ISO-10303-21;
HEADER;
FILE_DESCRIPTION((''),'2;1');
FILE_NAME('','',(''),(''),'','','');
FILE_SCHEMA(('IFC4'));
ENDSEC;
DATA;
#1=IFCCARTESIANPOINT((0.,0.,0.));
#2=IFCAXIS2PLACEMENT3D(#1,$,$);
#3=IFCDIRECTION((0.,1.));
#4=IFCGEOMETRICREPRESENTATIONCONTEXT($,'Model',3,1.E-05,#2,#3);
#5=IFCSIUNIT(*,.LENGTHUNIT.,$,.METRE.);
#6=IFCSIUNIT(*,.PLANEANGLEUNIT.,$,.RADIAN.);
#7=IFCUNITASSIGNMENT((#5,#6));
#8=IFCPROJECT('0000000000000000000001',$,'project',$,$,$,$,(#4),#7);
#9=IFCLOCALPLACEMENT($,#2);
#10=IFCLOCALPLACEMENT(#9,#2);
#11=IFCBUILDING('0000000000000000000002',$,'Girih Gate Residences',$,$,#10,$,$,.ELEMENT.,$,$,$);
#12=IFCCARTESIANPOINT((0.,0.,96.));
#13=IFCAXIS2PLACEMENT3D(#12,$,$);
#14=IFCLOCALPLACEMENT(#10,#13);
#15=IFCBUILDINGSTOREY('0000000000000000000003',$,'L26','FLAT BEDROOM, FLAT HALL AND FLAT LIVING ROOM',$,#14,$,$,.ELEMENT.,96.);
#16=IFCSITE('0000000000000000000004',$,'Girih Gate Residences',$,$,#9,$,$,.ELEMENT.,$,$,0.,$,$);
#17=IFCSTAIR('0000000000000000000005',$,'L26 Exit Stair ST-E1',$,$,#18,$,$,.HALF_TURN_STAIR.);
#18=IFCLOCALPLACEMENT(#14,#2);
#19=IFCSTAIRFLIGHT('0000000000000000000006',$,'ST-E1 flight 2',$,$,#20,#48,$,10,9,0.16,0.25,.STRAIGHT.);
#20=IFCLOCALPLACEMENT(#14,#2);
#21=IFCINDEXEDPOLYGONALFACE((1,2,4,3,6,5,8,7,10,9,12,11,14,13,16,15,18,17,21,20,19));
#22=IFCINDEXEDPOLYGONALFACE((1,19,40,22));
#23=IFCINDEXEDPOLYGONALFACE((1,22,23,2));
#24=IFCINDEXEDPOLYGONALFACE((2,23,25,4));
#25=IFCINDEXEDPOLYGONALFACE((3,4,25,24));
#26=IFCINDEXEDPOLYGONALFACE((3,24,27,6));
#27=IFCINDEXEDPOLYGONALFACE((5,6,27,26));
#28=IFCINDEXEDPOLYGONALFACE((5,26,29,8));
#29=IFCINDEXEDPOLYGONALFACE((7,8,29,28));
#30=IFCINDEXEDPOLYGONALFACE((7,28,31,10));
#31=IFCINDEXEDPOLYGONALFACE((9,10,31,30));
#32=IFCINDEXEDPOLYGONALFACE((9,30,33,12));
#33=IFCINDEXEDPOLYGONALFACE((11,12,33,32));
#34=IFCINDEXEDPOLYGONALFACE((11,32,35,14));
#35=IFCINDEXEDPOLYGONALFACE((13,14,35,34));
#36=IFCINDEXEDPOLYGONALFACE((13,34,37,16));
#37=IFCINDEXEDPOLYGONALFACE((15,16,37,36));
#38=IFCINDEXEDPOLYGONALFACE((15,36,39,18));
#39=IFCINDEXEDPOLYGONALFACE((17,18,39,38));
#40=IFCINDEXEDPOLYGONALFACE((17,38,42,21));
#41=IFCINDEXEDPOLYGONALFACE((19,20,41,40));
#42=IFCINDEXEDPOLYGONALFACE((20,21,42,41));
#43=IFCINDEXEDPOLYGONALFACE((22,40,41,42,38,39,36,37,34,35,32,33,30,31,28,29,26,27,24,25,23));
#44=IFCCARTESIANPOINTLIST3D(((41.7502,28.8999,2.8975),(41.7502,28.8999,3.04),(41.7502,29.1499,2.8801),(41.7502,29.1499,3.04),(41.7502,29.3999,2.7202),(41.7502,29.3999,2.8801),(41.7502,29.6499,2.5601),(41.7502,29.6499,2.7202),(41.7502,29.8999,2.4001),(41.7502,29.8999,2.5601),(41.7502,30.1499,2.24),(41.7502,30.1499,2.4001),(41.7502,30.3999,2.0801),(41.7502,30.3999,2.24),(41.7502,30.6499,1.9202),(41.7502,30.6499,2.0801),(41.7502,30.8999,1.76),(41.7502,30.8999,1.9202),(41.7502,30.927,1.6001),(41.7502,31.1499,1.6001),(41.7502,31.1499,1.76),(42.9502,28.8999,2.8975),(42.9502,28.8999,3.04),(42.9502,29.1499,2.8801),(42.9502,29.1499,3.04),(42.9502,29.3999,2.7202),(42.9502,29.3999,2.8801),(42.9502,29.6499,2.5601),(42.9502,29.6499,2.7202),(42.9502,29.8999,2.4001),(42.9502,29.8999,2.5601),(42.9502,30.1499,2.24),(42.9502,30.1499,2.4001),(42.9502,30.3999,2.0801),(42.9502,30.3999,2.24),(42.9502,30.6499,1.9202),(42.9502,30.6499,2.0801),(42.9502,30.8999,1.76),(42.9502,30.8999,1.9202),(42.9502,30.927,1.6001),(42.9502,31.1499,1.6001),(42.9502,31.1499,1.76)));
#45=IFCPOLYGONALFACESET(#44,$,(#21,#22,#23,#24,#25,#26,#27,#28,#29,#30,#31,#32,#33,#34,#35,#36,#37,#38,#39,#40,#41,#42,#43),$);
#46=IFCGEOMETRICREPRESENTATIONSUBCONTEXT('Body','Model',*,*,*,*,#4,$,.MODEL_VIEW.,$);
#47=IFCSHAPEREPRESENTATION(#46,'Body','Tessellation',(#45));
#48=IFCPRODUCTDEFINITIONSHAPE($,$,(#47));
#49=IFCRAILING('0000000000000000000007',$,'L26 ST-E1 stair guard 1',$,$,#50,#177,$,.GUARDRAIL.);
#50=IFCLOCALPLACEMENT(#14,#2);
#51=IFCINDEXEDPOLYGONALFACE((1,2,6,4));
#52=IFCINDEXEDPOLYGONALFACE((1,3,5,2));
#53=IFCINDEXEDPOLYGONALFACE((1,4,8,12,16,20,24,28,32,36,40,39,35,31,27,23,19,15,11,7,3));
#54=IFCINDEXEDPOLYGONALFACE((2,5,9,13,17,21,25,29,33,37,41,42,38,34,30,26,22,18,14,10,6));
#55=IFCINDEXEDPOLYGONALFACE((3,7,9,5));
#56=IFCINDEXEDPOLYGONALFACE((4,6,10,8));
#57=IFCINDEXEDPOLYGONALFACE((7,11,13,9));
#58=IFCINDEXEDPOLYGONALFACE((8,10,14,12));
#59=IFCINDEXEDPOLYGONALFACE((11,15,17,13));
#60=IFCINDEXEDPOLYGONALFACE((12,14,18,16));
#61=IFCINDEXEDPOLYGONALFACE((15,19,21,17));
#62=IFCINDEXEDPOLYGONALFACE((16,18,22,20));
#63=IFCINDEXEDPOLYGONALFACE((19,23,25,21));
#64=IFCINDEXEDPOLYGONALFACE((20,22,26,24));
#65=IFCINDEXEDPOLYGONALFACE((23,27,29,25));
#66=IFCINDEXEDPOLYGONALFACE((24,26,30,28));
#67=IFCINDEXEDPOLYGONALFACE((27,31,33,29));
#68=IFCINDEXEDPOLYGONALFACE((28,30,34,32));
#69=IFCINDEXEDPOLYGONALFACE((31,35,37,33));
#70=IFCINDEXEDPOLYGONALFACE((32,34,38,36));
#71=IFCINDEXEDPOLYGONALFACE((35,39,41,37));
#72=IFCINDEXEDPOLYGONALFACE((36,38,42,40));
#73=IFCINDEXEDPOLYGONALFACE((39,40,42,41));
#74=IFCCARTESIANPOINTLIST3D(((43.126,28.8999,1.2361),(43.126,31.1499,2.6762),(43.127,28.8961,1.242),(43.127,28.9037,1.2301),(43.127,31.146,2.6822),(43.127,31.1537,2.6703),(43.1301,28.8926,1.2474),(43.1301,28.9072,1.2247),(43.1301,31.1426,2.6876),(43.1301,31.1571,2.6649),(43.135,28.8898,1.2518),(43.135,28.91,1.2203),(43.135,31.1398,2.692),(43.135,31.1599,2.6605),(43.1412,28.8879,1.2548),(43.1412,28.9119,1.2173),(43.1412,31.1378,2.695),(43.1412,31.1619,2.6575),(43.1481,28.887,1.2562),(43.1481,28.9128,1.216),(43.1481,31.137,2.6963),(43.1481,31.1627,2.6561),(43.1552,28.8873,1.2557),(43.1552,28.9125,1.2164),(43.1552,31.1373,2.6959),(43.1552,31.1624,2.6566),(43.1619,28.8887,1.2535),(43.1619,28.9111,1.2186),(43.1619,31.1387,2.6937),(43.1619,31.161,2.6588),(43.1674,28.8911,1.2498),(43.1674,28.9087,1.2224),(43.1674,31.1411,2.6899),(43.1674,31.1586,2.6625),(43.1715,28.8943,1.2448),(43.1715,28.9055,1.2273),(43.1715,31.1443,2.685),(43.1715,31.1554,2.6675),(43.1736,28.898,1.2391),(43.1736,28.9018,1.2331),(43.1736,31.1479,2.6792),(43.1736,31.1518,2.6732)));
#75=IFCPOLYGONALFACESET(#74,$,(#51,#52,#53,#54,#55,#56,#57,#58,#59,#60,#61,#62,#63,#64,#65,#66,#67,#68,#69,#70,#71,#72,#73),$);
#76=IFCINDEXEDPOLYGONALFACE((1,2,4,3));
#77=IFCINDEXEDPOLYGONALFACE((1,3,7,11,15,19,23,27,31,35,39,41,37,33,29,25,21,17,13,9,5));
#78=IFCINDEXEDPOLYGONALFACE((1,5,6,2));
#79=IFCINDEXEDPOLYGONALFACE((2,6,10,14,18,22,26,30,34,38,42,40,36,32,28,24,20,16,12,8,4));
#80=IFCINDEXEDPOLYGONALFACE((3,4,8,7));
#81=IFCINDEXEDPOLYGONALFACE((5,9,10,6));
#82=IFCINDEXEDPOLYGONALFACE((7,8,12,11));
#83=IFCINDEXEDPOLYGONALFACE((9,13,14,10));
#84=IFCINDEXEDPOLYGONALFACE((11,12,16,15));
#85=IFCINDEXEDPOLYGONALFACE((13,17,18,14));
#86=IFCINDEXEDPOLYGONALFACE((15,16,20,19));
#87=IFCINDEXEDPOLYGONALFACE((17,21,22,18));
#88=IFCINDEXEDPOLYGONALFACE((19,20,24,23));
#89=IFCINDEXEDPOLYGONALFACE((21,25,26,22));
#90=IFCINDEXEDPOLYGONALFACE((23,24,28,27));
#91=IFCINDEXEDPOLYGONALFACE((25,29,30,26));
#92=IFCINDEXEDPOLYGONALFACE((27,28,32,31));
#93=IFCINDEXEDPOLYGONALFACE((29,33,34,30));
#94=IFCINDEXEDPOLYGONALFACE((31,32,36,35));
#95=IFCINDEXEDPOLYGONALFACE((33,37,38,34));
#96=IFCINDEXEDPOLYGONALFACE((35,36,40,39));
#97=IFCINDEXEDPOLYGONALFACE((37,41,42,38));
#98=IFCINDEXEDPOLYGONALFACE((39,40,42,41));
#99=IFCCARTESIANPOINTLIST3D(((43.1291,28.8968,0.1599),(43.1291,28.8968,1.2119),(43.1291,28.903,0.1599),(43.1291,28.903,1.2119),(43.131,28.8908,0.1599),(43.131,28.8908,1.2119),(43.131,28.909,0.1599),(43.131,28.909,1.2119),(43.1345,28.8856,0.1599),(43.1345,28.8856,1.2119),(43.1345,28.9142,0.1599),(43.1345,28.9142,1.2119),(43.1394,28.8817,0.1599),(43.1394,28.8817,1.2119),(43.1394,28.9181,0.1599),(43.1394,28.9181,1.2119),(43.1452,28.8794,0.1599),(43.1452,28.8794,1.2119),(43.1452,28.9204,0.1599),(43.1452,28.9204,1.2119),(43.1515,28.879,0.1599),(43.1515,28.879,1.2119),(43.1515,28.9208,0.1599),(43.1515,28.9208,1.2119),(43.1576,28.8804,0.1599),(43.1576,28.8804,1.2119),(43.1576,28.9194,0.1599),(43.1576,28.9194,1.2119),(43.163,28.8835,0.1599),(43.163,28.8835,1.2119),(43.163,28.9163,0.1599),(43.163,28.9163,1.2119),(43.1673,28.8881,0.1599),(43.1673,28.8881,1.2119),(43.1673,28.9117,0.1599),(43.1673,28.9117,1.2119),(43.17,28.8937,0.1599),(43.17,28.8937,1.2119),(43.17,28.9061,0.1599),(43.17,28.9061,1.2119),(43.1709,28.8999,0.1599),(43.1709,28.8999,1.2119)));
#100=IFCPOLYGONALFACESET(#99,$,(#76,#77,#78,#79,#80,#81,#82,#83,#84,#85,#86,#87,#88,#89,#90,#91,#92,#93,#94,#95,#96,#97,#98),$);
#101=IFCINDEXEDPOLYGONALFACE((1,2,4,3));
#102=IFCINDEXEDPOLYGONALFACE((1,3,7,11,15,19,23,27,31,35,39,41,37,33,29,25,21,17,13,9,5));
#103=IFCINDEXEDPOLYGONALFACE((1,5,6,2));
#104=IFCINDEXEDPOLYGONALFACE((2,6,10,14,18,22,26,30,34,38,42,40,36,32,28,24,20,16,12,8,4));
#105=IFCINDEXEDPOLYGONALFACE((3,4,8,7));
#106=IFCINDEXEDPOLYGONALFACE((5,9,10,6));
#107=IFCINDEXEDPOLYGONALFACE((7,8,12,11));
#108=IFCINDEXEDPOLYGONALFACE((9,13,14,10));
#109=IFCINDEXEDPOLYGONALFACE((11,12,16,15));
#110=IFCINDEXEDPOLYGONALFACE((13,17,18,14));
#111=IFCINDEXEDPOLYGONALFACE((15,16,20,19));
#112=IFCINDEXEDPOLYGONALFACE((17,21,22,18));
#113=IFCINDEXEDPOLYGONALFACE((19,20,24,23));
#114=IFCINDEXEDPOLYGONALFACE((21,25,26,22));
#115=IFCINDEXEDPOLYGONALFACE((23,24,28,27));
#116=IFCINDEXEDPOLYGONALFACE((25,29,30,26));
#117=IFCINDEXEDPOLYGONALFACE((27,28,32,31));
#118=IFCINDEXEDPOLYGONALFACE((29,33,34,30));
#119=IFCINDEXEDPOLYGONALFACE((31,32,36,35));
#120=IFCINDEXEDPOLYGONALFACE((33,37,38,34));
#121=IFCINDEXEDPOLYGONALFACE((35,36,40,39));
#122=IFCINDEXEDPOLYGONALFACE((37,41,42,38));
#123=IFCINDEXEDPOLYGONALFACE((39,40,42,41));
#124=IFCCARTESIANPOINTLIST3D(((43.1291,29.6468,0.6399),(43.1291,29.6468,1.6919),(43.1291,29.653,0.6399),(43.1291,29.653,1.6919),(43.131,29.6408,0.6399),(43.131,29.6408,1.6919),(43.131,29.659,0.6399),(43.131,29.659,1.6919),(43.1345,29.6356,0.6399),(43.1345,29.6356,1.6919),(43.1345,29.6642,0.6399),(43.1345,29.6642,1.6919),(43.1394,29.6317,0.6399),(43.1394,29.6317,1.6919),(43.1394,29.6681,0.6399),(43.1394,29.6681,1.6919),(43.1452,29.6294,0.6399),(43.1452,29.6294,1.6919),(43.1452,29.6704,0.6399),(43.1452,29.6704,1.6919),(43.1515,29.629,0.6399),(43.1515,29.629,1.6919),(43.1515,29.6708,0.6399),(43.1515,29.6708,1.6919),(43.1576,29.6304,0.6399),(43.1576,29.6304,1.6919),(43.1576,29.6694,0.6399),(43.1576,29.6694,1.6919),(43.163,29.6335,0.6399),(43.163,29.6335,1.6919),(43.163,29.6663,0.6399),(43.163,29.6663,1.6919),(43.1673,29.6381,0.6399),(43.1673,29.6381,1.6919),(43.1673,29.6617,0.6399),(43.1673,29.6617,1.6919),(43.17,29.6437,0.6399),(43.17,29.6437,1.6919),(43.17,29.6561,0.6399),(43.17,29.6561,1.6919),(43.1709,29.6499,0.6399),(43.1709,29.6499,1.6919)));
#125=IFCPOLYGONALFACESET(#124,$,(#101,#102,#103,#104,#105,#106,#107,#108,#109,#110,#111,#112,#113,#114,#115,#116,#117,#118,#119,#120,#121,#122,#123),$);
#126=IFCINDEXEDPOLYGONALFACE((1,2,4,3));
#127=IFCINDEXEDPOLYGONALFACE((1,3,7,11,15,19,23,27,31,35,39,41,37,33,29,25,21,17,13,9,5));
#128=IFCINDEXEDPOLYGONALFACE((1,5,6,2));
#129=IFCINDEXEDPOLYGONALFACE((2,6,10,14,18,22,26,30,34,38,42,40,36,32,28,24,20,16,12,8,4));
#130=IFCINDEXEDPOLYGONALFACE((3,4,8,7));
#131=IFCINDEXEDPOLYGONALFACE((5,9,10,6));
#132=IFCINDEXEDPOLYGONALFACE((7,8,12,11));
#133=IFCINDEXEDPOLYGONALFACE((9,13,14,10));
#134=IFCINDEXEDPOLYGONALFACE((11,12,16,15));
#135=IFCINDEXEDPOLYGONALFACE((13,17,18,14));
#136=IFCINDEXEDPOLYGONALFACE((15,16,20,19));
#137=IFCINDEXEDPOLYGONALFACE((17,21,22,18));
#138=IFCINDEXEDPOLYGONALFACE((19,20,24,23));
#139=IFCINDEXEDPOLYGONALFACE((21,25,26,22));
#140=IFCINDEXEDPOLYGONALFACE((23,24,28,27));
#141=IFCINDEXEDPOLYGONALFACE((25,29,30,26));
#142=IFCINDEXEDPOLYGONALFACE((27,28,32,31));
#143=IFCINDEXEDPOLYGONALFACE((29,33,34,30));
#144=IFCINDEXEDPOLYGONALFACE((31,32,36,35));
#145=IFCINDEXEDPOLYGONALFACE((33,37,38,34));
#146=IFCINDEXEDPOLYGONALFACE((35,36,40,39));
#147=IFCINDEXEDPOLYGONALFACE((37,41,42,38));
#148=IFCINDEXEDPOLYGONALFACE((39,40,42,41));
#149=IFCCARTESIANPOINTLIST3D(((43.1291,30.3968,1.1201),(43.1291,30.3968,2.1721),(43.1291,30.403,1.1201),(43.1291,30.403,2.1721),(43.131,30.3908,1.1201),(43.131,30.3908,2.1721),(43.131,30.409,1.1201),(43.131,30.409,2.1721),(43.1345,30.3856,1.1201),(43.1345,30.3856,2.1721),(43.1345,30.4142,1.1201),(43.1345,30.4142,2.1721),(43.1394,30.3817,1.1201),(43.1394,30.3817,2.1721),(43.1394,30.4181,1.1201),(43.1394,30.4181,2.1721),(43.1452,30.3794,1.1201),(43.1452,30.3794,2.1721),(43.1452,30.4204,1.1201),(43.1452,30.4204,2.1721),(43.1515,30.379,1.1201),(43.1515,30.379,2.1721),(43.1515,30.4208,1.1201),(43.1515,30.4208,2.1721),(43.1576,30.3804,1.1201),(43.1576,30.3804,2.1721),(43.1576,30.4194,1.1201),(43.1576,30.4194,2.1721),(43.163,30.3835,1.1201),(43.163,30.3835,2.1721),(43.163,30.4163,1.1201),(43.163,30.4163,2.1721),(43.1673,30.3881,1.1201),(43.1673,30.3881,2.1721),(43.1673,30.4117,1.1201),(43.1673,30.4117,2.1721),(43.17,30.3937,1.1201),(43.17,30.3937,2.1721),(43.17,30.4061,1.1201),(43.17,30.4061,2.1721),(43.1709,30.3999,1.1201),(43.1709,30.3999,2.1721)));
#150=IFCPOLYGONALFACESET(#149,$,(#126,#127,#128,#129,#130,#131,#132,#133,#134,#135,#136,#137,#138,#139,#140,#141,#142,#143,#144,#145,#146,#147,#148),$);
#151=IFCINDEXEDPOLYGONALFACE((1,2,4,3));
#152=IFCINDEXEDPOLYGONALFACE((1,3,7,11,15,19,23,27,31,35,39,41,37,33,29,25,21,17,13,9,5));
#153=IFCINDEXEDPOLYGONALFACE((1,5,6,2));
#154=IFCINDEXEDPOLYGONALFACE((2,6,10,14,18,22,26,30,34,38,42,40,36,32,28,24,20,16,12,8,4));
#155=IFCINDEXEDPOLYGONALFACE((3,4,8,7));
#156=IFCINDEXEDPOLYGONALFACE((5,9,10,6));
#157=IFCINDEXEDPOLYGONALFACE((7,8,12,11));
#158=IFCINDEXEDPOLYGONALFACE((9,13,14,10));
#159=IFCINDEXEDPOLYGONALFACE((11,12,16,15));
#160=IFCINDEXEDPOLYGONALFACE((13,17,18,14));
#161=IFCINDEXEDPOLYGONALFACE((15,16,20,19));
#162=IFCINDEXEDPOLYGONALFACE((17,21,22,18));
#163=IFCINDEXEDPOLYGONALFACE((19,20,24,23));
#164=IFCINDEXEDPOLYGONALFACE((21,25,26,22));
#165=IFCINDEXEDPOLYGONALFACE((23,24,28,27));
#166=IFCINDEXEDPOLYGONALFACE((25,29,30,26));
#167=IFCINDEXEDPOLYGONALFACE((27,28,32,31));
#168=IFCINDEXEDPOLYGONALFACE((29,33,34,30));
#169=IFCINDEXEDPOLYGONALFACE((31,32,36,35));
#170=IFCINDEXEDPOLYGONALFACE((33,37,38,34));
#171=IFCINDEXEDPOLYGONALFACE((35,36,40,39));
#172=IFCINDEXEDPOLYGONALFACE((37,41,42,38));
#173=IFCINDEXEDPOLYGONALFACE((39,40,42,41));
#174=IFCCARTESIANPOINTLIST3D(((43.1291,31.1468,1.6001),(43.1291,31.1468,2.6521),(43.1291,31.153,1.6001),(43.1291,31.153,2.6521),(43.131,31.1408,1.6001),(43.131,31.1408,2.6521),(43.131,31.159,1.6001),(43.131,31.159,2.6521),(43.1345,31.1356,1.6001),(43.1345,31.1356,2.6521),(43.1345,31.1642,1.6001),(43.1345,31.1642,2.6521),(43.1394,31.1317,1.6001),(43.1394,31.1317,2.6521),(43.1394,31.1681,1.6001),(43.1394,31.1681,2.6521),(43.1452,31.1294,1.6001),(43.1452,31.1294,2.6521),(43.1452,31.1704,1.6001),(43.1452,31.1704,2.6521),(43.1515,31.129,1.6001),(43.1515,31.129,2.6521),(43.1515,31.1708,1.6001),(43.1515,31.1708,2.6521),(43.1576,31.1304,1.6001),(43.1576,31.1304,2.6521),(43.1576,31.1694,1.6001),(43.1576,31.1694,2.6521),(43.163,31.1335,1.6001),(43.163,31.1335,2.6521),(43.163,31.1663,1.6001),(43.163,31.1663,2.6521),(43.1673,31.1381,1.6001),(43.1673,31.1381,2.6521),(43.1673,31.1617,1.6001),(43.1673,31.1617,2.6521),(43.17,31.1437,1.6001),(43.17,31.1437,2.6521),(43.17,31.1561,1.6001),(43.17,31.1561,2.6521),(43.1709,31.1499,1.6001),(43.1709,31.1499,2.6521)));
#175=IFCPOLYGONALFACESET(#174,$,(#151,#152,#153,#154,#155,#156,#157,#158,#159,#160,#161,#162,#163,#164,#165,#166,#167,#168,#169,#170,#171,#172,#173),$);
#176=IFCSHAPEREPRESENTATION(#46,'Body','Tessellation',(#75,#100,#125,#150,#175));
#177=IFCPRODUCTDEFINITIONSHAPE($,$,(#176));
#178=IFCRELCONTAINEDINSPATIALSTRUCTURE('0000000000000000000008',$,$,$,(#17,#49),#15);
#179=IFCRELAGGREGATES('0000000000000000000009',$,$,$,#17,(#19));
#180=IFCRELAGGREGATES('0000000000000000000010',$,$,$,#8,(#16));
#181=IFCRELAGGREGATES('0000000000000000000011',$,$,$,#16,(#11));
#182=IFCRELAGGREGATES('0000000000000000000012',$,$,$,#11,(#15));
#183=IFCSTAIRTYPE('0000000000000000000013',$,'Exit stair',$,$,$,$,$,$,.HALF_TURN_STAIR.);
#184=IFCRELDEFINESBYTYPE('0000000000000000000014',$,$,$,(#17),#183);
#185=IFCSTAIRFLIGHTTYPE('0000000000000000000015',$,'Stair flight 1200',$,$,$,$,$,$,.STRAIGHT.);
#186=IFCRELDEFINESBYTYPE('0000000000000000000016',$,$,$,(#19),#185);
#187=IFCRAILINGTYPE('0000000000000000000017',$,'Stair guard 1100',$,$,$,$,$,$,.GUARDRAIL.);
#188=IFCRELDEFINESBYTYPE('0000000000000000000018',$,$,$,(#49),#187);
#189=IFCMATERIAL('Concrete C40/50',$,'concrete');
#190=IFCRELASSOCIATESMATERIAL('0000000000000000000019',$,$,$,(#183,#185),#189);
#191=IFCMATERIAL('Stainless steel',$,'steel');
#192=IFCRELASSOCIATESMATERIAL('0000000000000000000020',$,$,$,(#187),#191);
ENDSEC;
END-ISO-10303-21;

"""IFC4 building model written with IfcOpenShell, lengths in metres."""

from ifc_helpers import new_model, si_unit, direction, frame, origin, origin_2d, place, context, subcontext, project, spatial, polyline, circle, outline, extrude, material, type_object, element, aggregate, save


model = new_model("IFC4")

# Units and contexts
model_context = context("Model", 3, precision=1e-05, world=origin(), true_north=direction((0.0, 1.0)))
body_context = subcontext(model_context, "Body", "Model", "MODEL_VIEW")
ifc_project = project(units=[si_unit("LENGTHUNIT", "METRE"), si_unit("PLANEANGLEUNIT", "RADIAN")], contexts=[model_context])

# Site, building, storey
site_placement = place(None, origin())
site = spatial("IfcSite", under=ifc_project, at=site_placement, Name="Girih Gate Residences", CompositionType="ELEMENT", RefElevation=0.0)
building_placement = place(site_placement, origin())
building = spatial("IfcBuilding", under=site, at=building_placement, Name="Girih Gate Residences", CompositionType="ELEMENT")
storey_placement = place(building_placement, frame((0.0, 0.0, 96.0)))
storey = spatial("IfcBuildingStorey", under=building, at=storey_placement, Name="L26", Description="FLAT BEDROOM, FLAT HALL AND FLAT LIVING ROOM", CompositionType="ELEMENT", Elevation=96.0)

# Shared definitions
ifc_material_1 = material(Name="Concrete C40/50", Category="concrete")

# Stair, stair flight
stair_type = type_object("IfcStairType", Name="Exit stair", PredefinedType="HALF_TURN_STAIR", material=ifc_material_1)
stair_placement = place(storey_placement, origin())
stair = element("IfcStair", 1, at=stair_placement, inside=storey, type_object=stair_type, Name="L26 Exit Stair ST-E1", PredefinedType="HALF_TURN_STAIR")
stair_flight_type = type_object("IfcStairFlightType", Name="Stair flight 1200", PredefinedType="STRAIGHT", material=ifc_material_1)
stair_flight_1_placement = place(storey_placement, frame((42.3501, 31.1499, 1.6001), z_axis=(0.0, 0.0, 1.0), x_axis=(0.0, -1.0, 0.0)))
stair_flight_1 = element("IfcStairFlight", 2, at=stair_flight_1_placement, type_object=stair_flight_type, Name="ST-E1 flight 2", NumberOfRisers=10, NumberOfTreads=9, PredefinedType="STRAIGHT", RiserHeight=0.16, TreadLength=0.25, context=body_context, shape_type="SweptSolid", body=[
    extrude(outline(polyline([(0.0, 0.0), (0.0, 0.1599), (0.25, 0.1599), (0.25, 0.3201), (0.5, 0.3201), (0.5, 0.48), (0.75, 0.48), (0.75, 0.6399), (1.0, 0.6399), (1.0, 0.8), (1.25, 0.8), (1.25, 0.96), (1.5, 0.96), (1.5, 1.1201), (1.75, 1.1201), (1.75, 1.28), (2.0, 1.28), (2.0, 1.4399), (2.25, 1.4399), (2.25, 1.6001), (2.25, 1.2974), (0.2229, 0.0), (0.0, 0.0)])), frame((0.0, 0.6001, 0.0), z_axis=(0.0, -1.0, 0.0), x_axis=(1.0, 0.0, 0.0)), (0.0, 0.0, 1.0), 1.2),
])
aggregate(stair, [stair_flight_1])

# Railing
ifc_material_2 = material(Name="Stainless steel", Category="steel")
railing_type_1 = type_object("IfcRailingType", Name="Stair guard 1100", PredefinedType="GUARDRAIL", material=ifc_material_2)
railing_1_placement = place(storey_placement, frame((43.1499, 28.8999, 0.1599)))
element("IfcRailing", 3, at=railing_1_placement, inside=storey, type_object=railing_type_1, Name="L26 ST-E1 stair guard 1", PredefinedType="GUARDRAIL", context=body_context, shape_type="SweptSolid", body=[
    extrude(circle(Radius=0.0239, at=origin_2d()), frame((0.0, 0.0, 1.0762), z_axis=(0.0, 0.84224, 0.539103), x_axis=(-1.0, 0.0, 0.0)), (0.0, 0.0, 1.0), 2.6714),
    extrude(circle(Radius=0.021, at=origin_2d()), origin(), (0.0, 0.0, 1.0), 1.052),
    extrude(circle(Radius=0.021, at=origin_2d()), frame((0.0, 0.75, 0.48)), (0.0, 0.0, 1.0), 1.052),
    extrude(circle(Radius=0.021, at=origin_2d()), frame((0.0, 1.5, 0.9602)), (0.0, 0.0, 1.0), 1.052),
    extrude(circle(Radius=0.021, at=origin_2d()), frame((0.0, 2.25, 1.4402)), (0.0, 0.0, 1.0), 1.052),
])

save(model, "model.ifc")
